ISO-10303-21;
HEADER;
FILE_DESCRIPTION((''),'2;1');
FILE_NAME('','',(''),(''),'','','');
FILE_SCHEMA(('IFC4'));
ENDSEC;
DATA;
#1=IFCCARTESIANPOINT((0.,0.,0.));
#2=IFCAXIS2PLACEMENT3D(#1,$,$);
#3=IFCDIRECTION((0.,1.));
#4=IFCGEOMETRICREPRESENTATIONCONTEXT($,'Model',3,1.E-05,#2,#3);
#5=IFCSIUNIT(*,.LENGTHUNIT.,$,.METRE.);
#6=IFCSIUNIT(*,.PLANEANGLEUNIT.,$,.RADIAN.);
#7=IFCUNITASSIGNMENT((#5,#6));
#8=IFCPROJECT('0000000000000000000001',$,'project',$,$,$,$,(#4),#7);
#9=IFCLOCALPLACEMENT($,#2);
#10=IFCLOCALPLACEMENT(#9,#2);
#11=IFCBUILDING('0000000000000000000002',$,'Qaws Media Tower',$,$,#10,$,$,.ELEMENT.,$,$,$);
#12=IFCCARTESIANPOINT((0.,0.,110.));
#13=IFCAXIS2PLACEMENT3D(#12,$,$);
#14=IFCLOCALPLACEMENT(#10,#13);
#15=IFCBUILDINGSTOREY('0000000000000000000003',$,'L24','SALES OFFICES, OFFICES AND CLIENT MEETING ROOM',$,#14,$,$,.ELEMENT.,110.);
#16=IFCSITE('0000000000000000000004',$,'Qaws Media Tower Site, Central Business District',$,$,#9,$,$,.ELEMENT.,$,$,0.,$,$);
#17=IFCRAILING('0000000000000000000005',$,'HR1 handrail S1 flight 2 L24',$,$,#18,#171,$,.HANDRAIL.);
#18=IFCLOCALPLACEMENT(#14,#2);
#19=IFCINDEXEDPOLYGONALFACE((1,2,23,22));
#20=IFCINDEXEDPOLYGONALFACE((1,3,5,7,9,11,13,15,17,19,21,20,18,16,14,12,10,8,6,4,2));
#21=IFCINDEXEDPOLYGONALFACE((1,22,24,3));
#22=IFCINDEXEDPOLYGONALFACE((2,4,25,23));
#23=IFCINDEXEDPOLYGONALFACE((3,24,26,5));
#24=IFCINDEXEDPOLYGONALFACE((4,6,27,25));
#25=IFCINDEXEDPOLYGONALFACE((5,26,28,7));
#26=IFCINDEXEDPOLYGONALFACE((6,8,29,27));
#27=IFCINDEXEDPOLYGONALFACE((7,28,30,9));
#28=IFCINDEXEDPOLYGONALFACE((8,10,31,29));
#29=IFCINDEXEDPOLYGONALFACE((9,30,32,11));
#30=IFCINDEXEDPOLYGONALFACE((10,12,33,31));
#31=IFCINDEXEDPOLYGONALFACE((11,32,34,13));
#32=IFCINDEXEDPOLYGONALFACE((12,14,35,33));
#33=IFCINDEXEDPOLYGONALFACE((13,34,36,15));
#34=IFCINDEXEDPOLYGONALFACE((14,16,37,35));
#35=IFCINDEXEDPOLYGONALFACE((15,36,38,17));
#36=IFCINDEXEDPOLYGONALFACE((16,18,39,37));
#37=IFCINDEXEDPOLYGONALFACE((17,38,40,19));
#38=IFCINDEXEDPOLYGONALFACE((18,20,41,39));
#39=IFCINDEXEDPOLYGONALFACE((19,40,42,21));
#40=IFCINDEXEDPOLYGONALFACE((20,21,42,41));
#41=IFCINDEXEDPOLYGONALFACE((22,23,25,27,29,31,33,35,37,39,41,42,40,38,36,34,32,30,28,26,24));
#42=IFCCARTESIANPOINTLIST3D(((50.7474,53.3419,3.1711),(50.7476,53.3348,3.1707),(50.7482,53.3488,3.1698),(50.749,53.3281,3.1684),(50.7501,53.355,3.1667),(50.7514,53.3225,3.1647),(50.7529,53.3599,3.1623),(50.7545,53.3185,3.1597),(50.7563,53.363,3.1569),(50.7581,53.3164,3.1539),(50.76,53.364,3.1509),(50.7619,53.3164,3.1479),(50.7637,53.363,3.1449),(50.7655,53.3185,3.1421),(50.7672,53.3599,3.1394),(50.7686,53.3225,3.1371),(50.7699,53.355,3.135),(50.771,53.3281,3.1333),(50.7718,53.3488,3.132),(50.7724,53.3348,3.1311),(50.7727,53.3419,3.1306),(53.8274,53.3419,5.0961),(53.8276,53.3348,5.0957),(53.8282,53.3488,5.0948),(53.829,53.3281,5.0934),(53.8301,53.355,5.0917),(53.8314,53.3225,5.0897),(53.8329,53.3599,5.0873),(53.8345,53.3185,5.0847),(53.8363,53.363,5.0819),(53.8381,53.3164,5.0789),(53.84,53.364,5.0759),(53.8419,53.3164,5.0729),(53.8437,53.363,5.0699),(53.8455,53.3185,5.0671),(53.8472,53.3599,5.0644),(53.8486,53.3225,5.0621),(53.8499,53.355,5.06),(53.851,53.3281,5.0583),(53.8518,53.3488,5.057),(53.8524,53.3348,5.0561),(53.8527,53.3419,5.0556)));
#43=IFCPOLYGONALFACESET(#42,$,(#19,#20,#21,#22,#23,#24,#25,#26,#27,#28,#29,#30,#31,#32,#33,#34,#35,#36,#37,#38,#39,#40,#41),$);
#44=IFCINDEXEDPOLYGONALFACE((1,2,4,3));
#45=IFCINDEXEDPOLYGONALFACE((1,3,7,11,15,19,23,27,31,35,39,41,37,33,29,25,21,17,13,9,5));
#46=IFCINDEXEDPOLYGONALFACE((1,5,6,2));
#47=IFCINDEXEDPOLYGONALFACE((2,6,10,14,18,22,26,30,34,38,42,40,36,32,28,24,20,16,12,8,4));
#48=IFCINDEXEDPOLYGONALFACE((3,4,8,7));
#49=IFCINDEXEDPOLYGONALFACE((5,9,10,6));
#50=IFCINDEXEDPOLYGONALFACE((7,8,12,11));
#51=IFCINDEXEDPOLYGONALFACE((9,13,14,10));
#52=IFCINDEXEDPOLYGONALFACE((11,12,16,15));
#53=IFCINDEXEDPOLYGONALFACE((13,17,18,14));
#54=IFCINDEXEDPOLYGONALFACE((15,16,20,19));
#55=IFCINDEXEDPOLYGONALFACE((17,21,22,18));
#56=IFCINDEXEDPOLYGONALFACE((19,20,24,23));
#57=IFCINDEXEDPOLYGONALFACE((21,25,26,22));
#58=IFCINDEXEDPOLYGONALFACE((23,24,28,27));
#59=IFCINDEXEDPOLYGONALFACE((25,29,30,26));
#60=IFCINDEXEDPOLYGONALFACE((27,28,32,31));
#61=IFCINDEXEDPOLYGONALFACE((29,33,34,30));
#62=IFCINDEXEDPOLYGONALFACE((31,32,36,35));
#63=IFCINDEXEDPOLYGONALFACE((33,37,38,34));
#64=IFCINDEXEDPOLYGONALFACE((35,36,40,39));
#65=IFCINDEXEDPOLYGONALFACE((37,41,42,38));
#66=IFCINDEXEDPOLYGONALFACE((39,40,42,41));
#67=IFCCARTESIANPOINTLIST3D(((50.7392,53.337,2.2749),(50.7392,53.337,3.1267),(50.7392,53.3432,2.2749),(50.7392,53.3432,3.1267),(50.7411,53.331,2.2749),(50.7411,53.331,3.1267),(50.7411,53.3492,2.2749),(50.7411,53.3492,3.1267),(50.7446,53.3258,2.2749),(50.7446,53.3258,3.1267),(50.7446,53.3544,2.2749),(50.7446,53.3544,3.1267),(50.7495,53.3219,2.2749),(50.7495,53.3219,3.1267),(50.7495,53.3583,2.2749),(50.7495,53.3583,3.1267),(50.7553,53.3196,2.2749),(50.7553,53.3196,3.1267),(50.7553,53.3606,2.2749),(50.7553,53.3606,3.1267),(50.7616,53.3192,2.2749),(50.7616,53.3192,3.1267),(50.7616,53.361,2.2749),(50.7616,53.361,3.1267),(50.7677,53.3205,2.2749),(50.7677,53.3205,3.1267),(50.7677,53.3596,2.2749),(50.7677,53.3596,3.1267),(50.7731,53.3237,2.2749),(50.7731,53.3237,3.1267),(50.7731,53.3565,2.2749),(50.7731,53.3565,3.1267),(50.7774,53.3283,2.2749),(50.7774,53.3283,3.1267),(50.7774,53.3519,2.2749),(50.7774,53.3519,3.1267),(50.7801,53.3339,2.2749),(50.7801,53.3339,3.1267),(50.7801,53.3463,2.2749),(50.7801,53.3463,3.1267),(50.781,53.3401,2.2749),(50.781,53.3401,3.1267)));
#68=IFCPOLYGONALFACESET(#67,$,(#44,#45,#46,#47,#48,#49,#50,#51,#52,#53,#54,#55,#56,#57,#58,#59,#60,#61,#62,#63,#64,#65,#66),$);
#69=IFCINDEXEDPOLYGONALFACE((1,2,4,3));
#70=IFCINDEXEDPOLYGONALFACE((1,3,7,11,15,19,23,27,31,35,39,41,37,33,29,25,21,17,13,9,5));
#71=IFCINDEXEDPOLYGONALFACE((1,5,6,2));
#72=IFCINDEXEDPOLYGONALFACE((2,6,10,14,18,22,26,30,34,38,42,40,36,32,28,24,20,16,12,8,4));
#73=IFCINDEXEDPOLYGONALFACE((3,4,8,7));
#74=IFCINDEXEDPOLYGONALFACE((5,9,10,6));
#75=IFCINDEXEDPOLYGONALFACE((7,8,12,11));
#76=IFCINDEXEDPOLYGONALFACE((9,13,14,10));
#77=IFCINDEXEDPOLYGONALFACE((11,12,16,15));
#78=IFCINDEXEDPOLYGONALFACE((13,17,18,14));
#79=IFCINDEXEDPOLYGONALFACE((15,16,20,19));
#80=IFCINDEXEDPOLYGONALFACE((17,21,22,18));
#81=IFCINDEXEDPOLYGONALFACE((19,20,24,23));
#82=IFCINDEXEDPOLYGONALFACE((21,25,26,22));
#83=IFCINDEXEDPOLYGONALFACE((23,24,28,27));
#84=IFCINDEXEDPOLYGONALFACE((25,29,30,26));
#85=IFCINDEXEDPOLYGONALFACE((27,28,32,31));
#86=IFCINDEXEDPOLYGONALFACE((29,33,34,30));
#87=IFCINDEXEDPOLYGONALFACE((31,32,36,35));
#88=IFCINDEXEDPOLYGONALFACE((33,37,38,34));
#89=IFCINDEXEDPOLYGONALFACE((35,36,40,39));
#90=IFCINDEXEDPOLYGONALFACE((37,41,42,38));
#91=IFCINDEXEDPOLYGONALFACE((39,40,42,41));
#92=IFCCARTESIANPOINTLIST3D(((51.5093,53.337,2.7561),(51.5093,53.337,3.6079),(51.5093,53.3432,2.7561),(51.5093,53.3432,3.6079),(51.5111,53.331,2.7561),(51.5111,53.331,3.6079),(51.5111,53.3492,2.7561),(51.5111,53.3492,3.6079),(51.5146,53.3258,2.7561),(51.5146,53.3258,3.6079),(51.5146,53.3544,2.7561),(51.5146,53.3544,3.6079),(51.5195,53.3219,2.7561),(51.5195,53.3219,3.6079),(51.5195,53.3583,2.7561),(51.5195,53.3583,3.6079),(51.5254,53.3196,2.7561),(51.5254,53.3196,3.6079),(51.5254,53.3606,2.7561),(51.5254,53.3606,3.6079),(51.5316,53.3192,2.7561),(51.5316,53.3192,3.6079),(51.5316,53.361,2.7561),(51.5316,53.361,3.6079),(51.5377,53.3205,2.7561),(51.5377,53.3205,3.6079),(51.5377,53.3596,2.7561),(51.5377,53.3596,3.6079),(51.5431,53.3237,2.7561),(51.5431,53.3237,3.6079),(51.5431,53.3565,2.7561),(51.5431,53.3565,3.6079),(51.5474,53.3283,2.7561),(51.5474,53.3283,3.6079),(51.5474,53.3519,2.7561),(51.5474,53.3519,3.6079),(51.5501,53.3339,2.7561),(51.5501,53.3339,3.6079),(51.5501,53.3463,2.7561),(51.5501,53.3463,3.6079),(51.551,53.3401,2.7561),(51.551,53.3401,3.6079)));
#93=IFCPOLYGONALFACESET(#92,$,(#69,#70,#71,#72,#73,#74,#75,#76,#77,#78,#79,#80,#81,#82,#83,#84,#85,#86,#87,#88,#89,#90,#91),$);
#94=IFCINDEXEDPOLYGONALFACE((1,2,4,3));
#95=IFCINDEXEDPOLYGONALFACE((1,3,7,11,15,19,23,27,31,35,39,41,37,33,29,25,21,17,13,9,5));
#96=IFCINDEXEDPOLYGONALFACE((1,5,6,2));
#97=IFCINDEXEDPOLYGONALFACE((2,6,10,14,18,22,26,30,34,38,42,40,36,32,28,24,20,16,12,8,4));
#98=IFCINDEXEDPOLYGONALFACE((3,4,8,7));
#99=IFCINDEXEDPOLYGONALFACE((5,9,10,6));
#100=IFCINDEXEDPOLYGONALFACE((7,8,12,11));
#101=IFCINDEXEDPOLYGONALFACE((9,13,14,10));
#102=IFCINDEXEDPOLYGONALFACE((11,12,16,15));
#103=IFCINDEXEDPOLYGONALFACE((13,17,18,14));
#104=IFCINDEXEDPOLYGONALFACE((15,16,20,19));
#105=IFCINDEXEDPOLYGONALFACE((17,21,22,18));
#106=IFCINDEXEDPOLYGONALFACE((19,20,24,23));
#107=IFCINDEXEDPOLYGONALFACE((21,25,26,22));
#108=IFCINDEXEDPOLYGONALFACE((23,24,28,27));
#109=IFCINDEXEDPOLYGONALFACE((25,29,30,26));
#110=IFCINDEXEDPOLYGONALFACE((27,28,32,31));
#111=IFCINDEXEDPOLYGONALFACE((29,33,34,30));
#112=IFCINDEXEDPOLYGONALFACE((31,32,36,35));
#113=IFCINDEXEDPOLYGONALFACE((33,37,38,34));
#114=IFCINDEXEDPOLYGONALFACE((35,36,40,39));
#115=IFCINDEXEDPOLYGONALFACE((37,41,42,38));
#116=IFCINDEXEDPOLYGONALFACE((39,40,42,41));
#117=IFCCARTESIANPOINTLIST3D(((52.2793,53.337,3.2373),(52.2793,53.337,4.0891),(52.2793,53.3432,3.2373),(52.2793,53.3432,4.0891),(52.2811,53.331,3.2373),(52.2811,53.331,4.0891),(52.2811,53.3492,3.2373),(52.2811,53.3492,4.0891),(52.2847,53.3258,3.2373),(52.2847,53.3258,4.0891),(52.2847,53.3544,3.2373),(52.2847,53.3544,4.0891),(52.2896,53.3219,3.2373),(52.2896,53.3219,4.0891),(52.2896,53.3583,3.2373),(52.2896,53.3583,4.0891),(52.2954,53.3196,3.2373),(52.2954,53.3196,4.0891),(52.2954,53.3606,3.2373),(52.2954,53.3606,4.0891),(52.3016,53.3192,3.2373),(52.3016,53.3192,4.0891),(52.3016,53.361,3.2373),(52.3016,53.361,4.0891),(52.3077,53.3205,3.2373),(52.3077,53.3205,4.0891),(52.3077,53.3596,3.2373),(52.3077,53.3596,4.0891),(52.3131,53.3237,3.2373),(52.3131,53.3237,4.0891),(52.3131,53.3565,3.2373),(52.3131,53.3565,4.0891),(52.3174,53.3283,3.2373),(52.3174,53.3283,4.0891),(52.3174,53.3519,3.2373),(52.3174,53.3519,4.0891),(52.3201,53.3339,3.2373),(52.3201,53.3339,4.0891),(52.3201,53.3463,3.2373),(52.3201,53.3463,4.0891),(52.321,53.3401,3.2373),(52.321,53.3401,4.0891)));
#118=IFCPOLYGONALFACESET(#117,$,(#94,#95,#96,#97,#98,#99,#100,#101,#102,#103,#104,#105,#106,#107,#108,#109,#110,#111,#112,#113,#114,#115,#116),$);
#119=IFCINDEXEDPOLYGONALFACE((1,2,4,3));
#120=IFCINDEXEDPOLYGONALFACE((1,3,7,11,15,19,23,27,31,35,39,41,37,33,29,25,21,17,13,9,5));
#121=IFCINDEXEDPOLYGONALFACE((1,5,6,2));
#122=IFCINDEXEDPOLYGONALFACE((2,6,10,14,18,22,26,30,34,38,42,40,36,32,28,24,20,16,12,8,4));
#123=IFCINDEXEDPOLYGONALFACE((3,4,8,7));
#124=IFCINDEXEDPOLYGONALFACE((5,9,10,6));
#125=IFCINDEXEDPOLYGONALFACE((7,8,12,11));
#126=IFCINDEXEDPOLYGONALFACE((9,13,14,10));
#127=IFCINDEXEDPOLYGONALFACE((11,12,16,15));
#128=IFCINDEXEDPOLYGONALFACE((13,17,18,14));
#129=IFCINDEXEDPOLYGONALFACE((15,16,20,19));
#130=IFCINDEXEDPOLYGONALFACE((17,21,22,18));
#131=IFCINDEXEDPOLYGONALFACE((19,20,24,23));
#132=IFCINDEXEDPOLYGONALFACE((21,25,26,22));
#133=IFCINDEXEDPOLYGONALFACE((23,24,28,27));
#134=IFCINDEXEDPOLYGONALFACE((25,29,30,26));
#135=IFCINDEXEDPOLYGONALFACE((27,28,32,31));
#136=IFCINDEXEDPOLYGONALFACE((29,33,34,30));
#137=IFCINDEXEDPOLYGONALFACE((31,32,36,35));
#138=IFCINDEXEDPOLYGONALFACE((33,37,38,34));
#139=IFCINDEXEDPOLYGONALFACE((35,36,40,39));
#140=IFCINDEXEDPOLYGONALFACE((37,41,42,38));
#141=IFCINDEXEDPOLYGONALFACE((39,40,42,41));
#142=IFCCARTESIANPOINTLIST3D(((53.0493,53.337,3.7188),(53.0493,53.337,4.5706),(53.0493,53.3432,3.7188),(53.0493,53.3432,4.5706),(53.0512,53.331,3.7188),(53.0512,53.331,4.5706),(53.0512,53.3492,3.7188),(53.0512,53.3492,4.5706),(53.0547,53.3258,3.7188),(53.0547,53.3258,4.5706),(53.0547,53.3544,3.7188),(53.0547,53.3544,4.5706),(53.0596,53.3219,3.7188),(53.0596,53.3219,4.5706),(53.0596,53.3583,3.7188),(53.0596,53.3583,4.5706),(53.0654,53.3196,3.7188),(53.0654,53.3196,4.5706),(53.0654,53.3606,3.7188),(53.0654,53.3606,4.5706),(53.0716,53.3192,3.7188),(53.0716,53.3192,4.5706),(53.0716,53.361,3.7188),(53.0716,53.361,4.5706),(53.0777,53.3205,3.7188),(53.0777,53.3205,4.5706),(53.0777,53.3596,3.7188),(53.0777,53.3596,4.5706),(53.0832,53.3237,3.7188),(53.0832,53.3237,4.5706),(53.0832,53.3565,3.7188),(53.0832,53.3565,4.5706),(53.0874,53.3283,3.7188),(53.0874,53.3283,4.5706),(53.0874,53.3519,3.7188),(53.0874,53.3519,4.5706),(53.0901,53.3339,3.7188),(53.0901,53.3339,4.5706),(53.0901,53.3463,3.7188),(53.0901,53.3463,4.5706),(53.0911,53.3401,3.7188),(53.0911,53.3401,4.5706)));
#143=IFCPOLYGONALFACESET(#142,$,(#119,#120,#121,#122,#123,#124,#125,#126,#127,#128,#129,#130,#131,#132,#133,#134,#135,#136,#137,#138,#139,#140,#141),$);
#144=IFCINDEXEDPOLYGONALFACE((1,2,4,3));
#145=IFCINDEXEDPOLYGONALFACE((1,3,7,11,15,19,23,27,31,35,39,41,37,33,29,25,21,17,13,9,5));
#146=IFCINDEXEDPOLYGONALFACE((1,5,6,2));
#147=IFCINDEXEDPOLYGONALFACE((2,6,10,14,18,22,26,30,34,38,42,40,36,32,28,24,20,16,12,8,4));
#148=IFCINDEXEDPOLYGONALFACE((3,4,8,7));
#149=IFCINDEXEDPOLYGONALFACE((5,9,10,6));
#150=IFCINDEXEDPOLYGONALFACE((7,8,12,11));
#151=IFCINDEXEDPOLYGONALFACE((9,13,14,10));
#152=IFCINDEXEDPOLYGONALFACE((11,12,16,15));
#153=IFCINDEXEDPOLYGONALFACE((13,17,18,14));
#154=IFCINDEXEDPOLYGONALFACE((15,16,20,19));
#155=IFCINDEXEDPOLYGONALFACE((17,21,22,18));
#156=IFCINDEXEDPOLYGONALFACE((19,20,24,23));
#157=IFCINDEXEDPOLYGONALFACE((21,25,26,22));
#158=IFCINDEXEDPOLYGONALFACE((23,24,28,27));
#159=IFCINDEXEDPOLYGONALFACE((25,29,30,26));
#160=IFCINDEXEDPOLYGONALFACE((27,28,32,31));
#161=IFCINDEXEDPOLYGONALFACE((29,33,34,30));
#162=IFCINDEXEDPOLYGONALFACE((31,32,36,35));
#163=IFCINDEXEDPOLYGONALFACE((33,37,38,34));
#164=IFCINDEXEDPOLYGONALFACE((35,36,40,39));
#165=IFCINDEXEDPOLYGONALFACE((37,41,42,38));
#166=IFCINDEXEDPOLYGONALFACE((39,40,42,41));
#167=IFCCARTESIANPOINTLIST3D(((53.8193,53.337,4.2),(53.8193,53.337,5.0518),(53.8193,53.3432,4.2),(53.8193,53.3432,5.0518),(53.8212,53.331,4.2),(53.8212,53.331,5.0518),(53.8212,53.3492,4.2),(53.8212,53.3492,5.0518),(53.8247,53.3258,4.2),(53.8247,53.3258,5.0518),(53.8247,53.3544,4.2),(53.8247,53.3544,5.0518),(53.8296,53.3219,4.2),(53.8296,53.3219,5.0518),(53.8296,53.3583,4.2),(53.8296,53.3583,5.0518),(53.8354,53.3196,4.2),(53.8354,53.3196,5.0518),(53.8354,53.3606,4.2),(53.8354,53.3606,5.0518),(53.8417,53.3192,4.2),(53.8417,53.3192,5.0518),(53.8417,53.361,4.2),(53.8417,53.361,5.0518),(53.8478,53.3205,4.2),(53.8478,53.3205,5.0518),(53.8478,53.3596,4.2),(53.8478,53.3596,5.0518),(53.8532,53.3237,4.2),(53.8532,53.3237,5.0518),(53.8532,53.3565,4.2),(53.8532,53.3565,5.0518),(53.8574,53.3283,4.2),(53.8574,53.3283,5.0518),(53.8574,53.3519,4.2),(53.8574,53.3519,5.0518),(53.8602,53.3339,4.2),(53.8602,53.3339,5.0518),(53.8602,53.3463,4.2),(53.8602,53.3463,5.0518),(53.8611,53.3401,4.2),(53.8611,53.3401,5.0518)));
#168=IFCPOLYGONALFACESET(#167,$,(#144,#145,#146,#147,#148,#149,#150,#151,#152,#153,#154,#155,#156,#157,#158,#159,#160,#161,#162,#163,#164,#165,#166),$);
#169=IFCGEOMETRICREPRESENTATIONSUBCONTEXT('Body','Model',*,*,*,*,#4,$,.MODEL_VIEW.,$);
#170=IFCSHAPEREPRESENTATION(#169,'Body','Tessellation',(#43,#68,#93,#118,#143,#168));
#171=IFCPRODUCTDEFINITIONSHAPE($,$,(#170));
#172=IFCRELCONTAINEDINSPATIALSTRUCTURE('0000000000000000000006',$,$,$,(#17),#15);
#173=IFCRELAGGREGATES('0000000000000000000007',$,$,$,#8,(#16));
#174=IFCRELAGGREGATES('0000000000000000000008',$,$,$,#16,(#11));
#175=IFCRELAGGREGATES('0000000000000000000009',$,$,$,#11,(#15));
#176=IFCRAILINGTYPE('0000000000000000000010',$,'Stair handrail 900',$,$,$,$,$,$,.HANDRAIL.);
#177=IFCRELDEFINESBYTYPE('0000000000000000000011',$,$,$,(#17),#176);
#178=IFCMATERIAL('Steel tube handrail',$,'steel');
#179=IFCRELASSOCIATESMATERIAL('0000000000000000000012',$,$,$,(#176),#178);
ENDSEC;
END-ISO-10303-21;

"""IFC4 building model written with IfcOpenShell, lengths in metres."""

from ifc_helpers import new_model, si_unit, direction, frame, origin, origin_2d, place, context, subcontext, project, spatial, circle, extrude, material, type_object, element, save


model = new_model("IFC4")

# Units and contexts
model_context = context("Model", 3, precision=1e-05, world=origin(), true_north=direction((0.0, 1.0)))
body_context = subcontext(model_context, "Body", "Model", "MODEL_VIEW")
ifc_project = project(units=[si_unit("LENGTHUNIT", "METRE"), si_unit("PLANEANGLEUNIT", "RADIAN")], contexts=[model_context])

# Site, building, storey
site_placement = place(None, origin())
site = spatial("IfcSite", under=ifc_project, at=site_placement, Name="Qaws Media Tower Site, Central Business District", CompositionType="ELEMENT", RefElevation=0.0)
building_placement = place(site_placement, origin())
building = spatial("IfcBuilding", under=site, at=building_placement, Name="Qaws Media Tower", CompositionType="ELEMENT")
storey_placement = place(building_placement, frame((0.0, 0.0, 110.0)))
storey = spatial("IfcBuildingStorey", under=building, at=storey_placement, Name="L24", Description="SALES OFFICES, OFFICES AND CLIENT MEETING ROOM", CompositionType="ELEMENT", Elevation=110.0)

# Railing
ifc_material_1 = material(Name="Steel tube handrail", Category="steel")
railing_type = type_object("IfcRailingType", Name="Stair handrail 900", PredefinedType="HANDRAIL", material=ifc_material_1)
for number, where, name in (
    (1, (50.76, 53.3401, 2.2749), "HR1 handrail S1 flight 2 L24"),
):
    element("IfcRailing", number, at=place(storey_placement, frame(where)), inside=storey, type_object=railing_type, Name=name, PredefinedType="HANDRAIL", context=body_context, shape_type="SweptSolid", body=[
        extrude(circle(Radius=0.0239, at=origin_2d()), frame((0.0, 0.0, 0.876), z_axis=(0.847998, 0.0, 0.529999), x_axis=(0.0, 1.0, 0.0)), (0.0, 0.0, 1.0), 3.6321),
        extrude(circle(Radius=0.021, at=origin_2d()), origin(), (0.0, 0.0, 1.0), 0.8518),
        extrude(circle(Radius=0.021, at=origin_2d()), frame((0.77, 0.0, 0.4812)), (0.0, 0.0, 1.0), 0.8518),
        extrude(circle(Radius=0.021, at=origin_2d()), frame((1.54, 0.0, 0.9624)), (0.0, 0.0, 1.0), 0.8518),
        extrude(circle(Radius=0.021, at=origin_2d()), frame((2.3101, 0.0, 1.4438)), (0.0, 0.0, 1.0), 0.8518),
        extrude(circle(Radius=0.021, at=origin_2d()), frame((3.0801, 0.0, 1.925)), (0.0, 0.0, 1.0), 0.8518),
    ])

save(model, "model.ifc")
